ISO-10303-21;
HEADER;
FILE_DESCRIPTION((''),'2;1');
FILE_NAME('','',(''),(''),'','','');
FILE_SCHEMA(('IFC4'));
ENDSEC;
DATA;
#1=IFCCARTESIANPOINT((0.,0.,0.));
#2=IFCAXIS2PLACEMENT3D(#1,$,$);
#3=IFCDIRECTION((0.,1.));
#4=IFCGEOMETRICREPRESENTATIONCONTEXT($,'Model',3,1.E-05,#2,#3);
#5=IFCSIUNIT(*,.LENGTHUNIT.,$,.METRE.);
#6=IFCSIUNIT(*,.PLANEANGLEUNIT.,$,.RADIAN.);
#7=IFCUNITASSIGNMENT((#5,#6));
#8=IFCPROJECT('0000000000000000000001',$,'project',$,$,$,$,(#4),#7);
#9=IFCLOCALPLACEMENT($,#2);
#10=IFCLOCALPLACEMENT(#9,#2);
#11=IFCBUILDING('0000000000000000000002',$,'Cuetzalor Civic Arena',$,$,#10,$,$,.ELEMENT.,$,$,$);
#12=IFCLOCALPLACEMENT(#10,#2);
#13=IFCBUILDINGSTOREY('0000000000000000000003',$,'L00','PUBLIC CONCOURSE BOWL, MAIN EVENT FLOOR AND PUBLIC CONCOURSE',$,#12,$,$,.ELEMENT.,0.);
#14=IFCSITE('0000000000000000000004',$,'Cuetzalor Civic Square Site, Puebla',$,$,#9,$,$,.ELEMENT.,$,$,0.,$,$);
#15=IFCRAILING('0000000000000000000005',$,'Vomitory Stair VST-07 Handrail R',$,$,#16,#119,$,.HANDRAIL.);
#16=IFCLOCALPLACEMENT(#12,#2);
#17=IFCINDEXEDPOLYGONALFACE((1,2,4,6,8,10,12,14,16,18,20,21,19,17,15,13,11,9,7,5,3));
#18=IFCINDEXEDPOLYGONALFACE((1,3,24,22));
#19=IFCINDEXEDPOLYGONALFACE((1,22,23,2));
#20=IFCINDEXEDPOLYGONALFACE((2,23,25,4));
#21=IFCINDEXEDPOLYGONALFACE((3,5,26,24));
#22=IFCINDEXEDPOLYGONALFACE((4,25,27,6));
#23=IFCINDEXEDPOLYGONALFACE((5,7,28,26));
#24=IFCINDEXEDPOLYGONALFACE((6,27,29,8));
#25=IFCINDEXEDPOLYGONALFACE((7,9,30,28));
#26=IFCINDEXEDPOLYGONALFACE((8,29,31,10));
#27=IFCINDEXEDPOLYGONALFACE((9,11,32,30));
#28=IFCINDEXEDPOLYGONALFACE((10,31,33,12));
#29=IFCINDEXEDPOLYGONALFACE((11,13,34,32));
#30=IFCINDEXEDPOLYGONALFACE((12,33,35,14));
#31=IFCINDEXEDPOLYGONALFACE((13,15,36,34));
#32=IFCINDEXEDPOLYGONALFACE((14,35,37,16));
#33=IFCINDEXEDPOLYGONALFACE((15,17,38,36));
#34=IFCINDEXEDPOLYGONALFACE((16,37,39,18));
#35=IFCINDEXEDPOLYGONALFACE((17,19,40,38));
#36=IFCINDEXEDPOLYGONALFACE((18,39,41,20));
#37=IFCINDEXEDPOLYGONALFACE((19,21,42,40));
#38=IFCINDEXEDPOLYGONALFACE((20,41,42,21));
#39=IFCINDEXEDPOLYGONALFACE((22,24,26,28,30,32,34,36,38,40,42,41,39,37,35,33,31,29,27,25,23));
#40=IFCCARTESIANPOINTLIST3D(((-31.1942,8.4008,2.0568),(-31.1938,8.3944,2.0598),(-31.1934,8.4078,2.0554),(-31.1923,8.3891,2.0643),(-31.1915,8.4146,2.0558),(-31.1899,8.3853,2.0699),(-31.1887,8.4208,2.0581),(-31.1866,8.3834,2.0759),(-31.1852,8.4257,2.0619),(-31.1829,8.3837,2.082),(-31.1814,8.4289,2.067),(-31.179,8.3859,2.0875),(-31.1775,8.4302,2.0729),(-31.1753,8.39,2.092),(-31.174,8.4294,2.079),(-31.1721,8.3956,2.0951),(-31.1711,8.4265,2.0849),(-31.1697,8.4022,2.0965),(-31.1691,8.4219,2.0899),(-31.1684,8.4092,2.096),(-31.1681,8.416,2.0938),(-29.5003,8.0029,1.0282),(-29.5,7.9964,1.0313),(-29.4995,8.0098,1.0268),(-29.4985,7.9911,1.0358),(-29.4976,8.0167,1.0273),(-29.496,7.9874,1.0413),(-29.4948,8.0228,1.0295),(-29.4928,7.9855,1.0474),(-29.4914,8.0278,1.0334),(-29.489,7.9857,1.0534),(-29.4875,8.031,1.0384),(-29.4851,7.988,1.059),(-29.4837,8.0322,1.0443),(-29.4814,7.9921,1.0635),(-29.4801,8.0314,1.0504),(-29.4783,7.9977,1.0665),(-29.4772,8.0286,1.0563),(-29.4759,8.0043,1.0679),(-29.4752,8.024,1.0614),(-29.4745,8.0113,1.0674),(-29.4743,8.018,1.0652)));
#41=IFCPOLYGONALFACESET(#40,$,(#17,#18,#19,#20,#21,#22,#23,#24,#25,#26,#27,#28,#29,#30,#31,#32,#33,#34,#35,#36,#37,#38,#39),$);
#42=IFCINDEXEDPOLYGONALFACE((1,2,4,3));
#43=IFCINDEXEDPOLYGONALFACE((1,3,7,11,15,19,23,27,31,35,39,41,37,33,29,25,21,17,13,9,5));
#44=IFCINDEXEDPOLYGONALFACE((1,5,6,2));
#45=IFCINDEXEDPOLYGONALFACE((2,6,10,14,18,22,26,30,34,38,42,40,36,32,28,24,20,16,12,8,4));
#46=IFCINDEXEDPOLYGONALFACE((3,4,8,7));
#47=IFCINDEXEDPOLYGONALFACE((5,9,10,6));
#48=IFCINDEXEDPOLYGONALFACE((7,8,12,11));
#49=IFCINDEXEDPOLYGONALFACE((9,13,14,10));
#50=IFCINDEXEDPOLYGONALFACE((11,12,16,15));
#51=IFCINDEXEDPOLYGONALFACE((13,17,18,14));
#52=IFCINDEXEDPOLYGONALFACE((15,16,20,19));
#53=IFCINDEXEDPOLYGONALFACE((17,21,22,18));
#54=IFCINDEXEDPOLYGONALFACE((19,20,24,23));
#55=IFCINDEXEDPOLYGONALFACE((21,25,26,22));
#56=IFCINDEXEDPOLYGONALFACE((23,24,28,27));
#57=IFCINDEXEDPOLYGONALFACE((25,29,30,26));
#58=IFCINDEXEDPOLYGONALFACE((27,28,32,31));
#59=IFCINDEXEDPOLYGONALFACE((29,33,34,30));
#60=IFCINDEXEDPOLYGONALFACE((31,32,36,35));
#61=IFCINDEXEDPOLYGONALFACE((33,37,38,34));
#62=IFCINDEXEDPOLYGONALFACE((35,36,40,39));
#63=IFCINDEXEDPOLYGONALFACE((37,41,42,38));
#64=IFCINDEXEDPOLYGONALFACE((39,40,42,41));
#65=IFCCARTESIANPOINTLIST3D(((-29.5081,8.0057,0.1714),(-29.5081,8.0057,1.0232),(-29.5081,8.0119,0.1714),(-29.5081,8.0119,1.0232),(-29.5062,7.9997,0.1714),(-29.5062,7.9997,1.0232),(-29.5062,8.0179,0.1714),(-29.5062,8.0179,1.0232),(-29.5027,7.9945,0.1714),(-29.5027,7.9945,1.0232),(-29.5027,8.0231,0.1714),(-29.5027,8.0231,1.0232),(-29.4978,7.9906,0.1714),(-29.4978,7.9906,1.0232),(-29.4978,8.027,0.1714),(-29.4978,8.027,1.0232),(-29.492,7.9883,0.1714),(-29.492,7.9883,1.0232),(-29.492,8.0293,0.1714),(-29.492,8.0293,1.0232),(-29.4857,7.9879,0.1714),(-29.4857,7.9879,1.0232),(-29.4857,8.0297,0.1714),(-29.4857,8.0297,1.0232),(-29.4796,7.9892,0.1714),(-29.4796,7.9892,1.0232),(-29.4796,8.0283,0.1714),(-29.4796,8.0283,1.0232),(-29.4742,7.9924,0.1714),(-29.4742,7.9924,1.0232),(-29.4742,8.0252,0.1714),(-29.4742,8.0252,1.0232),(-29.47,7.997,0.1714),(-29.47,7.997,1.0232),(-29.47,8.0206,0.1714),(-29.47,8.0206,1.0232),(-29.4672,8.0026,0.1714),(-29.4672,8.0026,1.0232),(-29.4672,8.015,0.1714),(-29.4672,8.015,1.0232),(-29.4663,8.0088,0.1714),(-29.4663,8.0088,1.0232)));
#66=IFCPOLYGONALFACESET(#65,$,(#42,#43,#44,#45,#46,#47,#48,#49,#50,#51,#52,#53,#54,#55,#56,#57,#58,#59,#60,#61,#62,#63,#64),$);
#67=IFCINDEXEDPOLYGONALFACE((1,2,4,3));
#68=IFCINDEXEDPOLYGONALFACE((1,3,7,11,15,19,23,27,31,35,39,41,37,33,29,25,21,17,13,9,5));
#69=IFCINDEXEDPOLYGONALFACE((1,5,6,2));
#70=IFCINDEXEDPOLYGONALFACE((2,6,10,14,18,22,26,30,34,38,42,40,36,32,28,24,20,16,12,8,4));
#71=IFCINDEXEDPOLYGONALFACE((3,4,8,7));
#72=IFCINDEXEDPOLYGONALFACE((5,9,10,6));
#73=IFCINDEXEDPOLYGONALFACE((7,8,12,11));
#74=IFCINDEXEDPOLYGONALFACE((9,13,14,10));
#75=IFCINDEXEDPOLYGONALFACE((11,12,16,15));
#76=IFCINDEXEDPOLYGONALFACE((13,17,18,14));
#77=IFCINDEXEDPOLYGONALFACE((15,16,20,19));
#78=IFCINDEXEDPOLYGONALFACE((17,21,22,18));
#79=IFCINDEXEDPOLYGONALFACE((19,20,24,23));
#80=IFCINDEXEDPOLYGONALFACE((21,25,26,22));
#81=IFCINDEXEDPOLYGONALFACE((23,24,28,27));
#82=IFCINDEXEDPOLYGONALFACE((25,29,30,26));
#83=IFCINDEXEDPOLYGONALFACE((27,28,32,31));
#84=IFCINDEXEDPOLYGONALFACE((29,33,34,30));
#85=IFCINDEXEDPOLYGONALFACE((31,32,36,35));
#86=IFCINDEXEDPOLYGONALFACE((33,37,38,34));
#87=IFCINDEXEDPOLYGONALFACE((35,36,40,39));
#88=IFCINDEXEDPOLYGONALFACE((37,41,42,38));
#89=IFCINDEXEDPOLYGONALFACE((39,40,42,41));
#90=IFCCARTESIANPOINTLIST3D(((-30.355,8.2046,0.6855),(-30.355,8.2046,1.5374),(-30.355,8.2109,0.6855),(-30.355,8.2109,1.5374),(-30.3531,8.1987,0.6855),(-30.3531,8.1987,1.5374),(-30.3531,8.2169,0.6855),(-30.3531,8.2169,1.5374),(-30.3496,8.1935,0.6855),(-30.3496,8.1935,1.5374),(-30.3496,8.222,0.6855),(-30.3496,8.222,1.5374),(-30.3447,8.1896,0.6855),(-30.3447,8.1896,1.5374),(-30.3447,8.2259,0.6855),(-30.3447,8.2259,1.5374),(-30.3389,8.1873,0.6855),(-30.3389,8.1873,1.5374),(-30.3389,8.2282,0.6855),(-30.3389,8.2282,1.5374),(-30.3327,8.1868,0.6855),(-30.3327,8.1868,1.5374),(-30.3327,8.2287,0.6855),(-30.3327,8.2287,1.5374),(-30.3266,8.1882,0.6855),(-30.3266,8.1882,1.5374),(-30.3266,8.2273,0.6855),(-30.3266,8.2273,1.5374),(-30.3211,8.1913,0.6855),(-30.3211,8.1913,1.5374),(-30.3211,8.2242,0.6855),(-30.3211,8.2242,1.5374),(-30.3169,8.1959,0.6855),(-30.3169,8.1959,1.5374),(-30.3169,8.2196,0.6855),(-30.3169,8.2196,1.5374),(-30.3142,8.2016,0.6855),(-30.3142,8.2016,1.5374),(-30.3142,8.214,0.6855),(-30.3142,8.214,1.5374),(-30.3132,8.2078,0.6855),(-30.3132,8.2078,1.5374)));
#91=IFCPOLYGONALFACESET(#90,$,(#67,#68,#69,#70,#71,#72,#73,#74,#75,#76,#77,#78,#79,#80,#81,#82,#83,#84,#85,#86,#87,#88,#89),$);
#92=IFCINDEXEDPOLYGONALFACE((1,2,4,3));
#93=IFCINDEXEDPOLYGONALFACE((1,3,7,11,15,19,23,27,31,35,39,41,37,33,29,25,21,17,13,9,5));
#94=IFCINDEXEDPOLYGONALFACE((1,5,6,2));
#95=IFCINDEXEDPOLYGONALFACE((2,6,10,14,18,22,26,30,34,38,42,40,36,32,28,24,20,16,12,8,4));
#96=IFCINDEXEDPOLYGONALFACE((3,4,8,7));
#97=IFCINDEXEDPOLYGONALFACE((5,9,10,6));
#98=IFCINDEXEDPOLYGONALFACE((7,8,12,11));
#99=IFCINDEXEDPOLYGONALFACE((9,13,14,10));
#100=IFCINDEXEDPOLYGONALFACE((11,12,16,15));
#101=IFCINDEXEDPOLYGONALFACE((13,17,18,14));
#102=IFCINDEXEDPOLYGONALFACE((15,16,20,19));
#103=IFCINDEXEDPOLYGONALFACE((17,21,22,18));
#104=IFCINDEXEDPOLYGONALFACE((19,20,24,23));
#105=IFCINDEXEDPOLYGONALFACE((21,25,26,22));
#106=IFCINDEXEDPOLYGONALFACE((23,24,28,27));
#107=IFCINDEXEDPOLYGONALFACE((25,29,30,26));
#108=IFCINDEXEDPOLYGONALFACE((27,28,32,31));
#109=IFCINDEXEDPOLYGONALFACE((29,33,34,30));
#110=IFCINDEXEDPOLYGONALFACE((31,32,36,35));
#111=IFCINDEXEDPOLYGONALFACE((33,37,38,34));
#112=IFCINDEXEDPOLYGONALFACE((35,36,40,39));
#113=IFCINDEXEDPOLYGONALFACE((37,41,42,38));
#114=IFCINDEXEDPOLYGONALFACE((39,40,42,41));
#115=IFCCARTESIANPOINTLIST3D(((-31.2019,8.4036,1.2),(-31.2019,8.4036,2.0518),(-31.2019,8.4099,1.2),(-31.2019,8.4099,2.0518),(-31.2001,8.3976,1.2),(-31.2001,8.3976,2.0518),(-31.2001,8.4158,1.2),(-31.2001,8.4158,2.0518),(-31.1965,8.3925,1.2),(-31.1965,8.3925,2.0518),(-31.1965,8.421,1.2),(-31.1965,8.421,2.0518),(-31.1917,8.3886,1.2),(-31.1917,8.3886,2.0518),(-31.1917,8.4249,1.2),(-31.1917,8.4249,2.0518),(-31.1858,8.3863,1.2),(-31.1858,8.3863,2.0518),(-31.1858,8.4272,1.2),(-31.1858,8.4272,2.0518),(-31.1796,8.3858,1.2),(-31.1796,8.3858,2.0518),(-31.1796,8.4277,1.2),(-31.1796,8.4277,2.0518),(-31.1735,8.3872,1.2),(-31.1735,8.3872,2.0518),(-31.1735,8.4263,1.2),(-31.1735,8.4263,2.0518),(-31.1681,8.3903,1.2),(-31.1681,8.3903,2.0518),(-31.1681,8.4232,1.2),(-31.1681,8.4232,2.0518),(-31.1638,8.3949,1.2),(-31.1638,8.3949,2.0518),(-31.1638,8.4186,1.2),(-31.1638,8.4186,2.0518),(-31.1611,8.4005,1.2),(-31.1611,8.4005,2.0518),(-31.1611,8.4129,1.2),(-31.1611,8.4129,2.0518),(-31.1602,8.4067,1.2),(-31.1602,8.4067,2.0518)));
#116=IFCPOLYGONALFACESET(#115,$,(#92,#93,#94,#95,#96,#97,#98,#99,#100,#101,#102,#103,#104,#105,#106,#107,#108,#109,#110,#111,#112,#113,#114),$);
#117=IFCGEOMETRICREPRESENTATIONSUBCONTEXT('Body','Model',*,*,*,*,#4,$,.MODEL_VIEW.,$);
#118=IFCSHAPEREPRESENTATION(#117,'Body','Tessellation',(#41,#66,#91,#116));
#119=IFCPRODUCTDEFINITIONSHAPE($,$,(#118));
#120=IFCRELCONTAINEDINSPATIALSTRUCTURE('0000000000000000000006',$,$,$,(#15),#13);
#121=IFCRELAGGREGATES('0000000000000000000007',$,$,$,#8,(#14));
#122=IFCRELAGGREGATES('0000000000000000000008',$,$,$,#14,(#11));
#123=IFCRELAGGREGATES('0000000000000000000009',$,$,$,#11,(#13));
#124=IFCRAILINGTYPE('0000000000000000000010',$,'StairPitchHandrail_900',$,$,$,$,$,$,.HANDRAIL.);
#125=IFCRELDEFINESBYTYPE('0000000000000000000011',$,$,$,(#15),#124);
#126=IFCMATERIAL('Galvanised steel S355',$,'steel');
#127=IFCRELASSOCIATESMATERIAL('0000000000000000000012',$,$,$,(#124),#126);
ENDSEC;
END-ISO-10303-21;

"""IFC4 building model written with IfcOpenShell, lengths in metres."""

from ifc_helpers import new_model, si_unit, direction, frame, origin, origin_2d, place, context, subcontext, project, spatial, circle, extrude, material, type_object, element, save


model = new_model("IFC4")

# Units and contexts
model_context = context("Model", 3, precision=1e-05, world=origin(), true_north=direction((0.0, 1.0)))
body_context = subcontext(model_context, "Body", "Model", "MODEL_VIEW")
ifc_project = project(units=[si_unit("LENGTHUNIT", "METRE"), si_unit("PLANEANGLEUNIT", "RADIAN")], contexts=[model_context])

# Site, building, storey
site_placement = place(None, origin())
site = spatial("IfcSite", under=ifc_project, at=site_placement, Name="Cuetzalor Civic Square Site, Puebla", CompositionType="ELEMENT", RefElevation=0.0)
building_placement = place(site_placement, origin())
building = spatial("IfcBuilding", under=site, at=building_placement, Name="Cuetzalor Civic Arena", CompositionType="ELEMENT")
storey_placement = place(building_placement, origin())
storey = spatial("IfcBuildingStorey", under=building, at=storey_placement, Name="L00", Description="PUBLIC CONCOURSE BOWL, MAIN EVENT FLOOR AND PUBLIC CONCOURSE", CompositionType="ELEMENT", Elevation=0.0)

# Railing
ifc_material_1 = material(Name="Galvanised steel S355", Category="steel")
railing_type_1 = type_object("IfcRailingType", Name="StairPitchHandrail_900", PredefinedType="HANDRAIL", material=ifc_material_1)
railing_1_placement = place(storey_placement, frame((-29.4873, 8.0088, 0.1714)))
element("IfcRailing", 1, at=railing_1_placement, inside=storey, type_object=railing_type_1, Name="Vomitory Stair VST-07 Handrail R", PredefinedType="HANDRAIL", context=body_context, shape_type="SweptSolid", body=[
    extrude(circle(Radius=0.0239, at=origin_2d()), frame((0.0, 0.0, 0.876), z_axis=(-0.838022, 0.196883, 0.508877), x_axis=(-0.228711, -0.973494, 0.0)), (0.0, 0.0, 1.0), 2.0212),
    extrude(circle(Radius=0.021, at=origin_2d()), origin(), (0.0, 0.0, 1.0), 0.8518),
    extrude(circle(Radius=0.021, at=origin_2d()), frame((-0.8469, 0.199, 0.5142)), (0.0, 0.0, 1.0), 0.8518),
    extrude(circle(Radius=0.021, at=origin_2d()), frame((-1.6938, 0.3979, 1.0286)), (0.0, 0.0, 1.0), 0.8518),
])

save(model, "model.ifc")
